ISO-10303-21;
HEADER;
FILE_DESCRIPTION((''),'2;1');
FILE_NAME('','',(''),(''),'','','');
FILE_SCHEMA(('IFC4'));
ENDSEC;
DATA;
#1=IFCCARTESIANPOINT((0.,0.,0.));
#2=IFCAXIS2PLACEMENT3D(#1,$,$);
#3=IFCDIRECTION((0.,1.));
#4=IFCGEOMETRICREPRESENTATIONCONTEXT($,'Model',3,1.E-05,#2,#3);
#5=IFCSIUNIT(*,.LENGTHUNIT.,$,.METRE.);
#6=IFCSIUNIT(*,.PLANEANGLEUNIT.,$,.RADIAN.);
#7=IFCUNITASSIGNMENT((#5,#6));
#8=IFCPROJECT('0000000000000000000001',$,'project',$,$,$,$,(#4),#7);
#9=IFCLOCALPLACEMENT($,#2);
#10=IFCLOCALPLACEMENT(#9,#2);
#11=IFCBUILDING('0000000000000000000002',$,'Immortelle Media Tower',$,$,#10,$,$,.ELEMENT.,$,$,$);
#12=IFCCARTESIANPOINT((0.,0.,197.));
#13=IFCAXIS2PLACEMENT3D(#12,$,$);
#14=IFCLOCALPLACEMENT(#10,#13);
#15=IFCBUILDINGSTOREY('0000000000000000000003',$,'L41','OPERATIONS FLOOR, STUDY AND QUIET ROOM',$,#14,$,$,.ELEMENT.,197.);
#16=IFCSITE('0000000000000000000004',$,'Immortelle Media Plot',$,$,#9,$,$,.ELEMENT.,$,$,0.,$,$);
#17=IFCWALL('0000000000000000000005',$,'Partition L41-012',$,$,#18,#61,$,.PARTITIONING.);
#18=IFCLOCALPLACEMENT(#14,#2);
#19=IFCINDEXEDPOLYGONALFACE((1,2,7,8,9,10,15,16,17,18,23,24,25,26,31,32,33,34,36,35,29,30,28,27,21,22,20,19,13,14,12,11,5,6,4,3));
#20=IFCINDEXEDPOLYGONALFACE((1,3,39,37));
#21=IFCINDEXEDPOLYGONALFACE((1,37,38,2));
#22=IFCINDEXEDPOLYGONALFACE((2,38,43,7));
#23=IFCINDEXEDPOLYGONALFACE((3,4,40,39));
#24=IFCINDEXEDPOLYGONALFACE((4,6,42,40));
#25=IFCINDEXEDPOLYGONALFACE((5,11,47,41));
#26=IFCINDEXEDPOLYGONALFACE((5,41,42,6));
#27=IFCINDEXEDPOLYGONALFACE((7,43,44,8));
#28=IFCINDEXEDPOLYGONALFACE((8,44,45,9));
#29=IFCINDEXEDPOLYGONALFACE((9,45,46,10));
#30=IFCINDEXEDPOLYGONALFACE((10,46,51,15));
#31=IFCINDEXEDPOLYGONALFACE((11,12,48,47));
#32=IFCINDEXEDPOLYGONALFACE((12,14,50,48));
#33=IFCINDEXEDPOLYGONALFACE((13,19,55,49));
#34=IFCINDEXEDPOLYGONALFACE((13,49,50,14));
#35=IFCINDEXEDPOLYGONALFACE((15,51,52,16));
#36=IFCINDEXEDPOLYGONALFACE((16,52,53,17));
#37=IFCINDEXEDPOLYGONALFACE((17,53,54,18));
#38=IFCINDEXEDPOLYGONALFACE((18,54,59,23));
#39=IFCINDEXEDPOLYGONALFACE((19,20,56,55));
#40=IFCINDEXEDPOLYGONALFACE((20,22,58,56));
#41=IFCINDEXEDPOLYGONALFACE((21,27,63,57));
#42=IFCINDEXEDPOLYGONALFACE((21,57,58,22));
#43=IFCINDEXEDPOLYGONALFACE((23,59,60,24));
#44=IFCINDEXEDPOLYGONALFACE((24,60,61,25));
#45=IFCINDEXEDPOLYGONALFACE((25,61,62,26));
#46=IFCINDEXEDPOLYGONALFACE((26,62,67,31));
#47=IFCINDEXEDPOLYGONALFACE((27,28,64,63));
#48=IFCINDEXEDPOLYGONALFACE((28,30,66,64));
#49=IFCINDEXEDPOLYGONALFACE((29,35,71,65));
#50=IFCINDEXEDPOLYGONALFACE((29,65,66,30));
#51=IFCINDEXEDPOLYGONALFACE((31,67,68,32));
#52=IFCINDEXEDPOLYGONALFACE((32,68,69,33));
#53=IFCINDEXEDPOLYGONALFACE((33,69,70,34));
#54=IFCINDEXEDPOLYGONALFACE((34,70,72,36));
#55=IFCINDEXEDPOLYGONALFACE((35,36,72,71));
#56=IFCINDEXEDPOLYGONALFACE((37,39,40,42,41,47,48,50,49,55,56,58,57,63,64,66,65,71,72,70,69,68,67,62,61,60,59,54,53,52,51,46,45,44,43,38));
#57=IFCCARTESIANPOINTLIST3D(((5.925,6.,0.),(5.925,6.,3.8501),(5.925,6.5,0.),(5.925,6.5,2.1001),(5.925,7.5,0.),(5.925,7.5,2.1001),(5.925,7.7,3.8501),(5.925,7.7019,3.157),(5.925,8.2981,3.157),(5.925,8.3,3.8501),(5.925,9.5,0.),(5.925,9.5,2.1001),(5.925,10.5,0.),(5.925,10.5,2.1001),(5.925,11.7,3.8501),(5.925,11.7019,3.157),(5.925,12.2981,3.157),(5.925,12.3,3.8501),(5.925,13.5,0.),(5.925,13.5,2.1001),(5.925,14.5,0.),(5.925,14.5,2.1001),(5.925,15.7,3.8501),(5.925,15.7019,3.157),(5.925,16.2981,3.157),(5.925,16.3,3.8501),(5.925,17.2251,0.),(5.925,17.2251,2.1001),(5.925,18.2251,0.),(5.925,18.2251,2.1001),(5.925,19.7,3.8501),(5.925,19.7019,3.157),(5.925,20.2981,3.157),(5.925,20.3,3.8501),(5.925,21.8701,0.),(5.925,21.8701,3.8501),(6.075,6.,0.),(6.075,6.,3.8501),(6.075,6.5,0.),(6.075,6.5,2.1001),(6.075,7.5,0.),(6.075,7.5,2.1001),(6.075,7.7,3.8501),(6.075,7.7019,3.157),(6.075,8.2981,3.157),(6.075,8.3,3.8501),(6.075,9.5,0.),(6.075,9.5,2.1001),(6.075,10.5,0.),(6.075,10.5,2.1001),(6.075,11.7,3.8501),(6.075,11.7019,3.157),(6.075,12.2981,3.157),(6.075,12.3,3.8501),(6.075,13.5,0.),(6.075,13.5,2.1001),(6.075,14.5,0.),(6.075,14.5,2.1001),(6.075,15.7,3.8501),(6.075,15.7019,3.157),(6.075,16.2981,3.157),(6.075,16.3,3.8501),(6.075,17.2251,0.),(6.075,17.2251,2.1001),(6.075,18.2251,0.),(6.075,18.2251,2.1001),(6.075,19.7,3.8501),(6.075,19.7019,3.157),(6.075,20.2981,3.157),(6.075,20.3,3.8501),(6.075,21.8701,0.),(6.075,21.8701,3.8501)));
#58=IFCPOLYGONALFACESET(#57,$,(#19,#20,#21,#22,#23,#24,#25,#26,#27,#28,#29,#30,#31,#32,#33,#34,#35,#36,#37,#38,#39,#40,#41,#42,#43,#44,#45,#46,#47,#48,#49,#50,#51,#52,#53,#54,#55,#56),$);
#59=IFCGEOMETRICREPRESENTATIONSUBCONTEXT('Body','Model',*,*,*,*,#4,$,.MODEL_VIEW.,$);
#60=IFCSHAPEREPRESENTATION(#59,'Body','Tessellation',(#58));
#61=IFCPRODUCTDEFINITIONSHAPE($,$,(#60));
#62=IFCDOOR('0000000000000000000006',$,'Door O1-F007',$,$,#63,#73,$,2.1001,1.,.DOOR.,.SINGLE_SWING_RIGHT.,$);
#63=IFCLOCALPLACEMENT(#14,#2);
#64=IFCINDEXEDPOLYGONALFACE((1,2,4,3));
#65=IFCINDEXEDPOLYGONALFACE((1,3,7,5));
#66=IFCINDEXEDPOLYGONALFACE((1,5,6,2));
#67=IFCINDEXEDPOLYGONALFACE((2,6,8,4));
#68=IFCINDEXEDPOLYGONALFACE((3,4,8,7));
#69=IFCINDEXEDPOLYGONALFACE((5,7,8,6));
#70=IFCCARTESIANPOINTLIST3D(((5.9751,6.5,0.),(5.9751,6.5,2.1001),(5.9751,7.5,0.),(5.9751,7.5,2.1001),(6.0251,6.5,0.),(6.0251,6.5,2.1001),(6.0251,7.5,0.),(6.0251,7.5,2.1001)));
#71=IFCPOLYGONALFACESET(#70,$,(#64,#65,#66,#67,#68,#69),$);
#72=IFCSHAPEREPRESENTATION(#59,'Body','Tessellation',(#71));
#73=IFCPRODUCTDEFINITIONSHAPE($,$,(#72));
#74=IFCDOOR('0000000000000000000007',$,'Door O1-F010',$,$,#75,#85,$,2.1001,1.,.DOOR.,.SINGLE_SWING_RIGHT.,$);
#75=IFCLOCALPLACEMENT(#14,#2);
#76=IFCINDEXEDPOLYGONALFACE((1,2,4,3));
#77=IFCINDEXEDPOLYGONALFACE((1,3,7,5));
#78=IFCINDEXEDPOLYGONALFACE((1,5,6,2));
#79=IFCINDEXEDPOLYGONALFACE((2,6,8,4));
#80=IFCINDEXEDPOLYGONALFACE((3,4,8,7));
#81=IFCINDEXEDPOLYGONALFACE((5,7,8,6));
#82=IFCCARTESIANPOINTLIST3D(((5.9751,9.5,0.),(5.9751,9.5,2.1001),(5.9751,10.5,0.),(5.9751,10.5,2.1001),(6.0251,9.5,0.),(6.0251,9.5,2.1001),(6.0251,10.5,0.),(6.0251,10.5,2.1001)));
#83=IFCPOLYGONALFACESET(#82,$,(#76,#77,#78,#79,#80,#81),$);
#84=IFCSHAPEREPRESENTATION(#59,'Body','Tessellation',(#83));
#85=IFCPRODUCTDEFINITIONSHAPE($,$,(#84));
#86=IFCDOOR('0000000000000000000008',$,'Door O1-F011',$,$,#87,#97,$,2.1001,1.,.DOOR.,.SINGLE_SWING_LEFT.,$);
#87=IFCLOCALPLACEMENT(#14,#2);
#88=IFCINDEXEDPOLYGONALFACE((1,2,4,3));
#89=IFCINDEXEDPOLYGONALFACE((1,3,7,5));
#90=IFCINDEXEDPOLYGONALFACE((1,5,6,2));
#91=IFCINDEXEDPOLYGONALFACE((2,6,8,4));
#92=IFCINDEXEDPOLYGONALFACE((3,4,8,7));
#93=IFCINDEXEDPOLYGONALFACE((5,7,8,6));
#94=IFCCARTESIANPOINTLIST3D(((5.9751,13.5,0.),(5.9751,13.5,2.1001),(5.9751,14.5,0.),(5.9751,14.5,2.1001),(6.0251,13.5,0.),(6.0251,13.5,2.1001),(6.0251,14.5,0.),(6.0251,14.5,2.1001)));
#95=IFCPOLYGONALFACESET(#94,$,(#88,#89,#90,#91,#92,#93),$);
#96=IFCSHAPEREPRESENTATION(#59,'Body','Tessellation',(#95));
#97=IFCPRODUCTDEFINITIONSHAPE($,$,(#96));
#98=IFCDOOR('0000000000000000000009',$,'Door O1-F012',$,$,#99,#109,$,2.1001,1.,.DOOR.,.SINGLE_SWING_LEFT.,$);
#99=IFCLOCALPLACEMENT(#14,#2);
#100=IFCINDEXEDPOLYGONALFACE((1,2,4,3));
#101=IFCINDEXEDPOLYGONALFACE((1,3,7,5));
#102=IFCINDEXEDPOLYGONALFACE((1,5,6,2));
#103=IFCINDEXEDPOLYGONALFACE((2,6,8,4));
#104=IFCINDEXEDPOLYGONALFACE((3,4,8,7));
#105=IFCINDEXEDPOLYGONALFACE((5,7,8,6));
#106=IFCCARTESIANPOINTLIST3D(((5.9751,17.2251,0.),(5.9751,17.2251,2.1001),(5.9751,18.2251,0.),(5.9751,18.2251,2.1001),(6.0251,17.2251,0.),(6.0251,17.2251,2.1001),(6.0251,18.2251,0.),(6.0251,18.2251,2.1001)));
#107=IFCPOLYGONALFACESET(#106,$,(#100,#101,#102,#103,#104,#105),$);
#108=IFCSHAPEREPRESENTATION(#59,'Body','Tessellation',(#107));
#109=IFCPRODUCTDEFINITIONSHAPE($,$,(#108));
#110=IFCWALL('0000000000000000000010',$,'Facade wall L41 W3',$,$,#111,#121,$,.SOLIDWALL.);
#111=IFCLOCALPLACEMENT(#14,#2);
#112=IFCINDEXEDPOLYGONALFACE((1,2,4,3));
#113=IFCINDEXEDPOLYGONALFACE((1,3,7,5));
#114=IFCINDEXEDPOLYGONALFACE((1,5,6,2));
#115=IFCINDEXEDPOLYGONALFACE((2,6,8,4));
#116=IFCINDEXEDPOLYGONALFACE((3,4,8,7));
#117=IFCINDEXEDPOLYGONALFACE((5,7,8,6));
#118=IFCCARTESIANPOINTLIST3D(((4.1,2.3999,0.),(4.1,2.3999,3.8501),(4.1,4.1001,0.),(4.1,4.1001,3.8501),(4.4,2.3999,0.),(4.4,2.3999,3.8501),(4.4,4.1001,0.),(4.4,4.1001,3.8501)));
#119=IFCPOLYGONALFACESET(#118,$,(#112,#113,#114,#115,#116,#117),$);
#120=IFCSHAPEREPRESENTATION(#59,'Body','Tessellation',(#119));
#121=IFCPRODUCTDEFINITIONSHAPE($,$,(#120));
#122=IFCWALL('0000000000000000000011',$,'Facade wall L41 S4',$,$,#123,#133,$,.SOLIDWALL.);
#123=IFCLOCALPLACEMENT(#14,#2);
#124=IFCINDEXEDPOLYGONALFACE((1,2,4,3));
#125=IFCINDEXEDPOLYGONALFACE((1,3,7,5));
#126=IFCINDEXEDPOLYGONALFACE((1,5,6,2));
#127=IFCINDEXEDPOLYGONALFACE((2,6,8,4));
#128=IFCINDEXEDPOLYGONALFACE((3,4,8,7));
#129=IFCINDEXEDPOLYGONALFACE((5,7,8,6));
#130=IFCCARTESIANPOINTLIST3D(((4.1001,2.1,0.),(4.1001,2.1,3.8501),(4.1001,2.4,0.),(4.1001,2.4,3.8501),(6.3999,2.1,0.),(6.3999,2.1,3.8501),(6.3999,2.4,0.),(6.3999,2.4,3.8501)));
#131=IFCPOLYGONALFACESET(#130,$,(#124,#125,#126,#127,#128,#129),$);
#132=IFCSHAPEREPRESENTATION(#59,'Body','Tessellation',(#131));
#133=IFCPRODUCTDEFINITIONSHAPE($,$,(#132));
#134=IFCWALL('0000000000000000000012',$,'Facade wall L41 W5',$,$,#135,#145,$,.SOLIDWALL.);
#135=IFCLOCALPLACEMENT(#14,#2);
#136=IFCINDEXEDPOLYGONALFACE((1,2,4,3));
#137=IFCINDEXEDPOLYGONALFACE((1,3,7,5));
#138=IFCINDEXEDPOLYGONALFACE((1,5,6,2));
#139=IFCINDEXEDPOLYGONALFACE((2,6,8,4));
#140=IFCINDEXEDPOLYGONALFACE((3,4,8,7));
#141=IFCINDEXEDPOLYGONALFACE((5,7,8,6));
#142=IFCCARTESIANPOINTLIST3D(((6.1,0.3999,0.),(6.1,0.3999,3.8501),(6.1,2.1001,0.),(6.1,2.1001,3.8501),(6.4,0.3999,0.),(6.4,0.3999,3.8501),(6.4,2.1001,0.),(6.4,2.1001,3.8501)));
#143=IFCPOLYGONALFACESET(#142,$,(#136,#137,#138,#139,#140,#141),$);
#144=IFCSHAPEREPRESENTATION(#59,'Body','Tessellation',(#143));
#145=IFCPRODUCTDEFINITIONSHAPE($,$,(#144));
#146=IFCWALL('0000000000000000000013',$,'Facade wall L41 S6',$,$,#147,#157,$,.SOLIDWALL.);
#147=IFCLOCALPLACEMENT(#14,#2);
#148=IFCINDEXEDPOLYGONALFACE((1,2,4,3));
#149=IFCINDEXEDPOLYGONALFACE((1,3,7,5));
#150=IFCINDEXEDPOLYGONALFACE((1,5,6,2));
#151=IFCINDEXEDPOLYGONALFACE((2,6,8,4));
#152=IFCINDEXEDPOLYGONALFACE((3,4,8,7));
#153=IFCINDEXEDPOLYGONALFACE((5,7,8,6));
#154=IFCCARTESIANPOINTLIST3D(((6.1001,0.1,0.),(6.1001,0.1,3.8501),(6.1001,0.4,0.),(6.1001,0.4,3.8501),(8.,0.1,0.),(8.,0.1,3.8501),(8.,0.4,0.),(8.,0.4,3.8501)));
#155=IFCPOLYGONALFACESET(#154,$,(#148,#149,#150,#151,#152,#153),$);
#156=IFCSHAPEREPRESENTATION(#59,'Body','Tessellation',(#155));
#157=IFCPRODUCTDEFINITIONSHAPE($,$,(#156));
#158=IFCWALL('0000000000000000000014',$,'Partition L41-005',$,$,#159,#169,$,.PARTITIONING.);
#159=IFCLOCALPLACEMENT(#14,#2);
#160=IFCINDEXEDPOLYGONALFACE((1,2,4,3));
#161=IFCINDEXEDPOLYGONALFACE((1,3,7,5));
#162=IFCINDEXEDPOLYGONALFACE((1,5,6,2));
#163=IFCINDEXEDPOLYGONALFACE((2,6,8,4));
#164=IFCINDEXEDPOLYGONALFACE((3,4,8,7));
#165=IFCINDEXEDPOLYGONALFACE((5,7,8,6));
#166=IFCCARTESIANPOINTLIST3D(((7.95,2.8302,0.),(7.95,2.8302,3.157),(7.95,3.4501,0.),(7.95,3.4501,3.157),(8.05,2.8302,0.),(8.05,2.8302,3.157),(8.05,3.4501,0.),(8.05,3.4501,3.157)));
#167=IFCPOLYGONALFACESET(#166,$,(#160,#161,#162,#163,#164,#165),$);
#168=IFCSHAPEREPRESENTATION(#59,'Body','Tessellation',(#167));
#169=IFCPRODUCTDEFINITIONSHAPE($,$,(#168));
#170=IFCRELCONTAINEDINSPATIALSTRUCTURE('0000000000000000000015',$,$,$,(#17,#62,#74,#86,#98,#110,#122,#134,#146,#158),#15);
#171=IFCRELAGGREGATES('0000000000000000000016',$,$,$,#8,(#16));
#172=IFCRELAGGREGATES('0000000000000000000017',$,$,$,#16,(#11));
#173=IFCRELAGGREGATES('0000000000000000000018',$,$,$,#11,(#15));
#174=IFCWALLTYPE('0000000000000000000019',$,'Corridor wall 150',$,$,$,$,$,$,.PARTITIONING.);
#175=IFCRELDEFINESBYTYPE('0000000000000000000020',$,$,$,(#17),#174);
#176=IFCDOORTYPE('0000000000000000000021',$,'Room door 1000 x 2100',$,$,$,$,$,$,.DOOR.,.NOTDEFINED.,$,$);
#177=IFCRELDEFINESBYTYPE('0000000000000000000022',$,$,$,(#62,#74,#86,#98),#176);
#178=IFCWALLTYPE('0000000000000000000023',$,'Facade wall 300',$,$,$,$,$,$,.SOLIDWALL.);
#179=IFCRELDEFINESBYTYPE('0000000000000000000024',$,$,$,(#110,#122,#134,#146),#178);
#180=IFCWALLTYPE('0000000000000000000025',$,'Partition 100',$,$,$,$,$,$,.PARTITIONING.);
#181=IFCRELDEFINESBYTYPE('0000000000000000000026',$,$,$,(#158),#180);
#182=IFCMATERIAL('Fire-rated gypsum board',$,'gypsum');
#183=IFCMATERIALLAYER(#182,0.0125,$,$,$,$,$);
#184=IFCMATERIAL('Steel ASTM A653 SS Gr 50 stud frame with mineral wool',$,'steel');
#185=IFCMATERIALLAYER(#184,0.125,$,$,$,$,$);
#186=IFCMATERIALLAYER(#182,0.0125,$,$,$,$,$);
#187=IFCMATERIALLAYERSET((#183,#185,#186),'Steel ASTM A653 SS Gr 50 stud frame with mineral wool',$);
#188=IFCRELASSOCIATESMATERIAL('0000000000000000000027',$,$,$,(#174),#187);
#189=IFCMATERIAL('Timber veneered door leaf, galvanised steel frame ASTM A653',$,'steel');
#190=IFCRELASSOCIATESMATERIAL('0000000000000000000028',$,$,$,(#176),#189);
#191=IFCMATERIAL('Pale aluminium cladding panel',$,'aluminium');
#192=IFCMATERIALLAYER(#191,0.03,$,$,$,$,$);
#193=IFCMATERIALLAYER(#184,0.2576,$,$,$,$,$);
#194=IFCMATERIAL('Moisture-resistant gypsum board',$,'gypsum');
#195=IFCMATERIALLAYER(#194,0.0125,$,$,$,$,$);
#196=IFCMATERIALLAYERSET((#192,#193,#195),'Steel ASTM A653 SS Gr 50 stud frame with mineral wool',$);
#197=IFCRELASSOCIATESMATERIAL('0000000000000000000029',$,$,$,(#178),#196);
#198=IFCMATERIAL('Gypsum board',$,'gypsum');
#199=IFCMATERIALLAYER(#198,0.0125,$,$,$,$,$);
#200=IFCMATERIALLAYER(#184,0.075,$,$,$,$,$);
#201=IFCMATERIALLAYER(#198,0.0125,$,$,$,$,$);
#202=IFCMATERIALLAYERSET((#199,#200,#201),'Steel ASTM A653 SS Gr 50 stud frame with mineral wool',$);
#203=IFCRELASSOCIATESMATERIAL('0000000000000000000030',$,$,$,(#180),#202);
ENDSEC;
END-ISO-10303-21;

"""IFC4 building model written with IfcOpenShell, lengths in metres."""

from ifc_helpers import new_model, si_unit, direction, frame, frame_2d, origin, place, context, subcontext, project, spatial, polyline, rectangle, outline, extrude, material, layer, layer_set, type_object, element, fill, save


model = new_model("IFC4")

# Units and contexts
model_context = context("Model", 3, precision=1e-05, world=origin(), true_north=direction((0.0, 1.0)))
body_context = subcontext(model_context, "Body", "Model", "MODEL_VIEW")
ifc_project = project(units=[si_unit("LENGTHUNIT", "METRE"), si_unit("PLANEANGLEUNIT", "RADIAN")], contexts=[model_context])

# Site, building, storey
site_placement = place(None, origin())
site = spatial("IfcSite", under=ifc_project, at=site_placement, Name="Immortelle Media Plot", CompositionType="ELEMENT", RefElevation=0.0)
building_placement = place(site_placement, origin())
building = spatial("IfcBuilding", under=site, at=building_placement, Name="Immortelle Media Tower", CompositionType="ELEMENT")
storey_placement = place(building_placement, frame((0.0, 0.0, 197.0)))
storey = spatial("IfcBuildingStorey", under=building, at=storey_placement, Name="L41", Description="OPERATIONS FLOOR, STUDY AND QUIET ROOM", CompositionType="ELEMENT", Elevation=197.0)

# Wall, openings, doors
ifc_material_1 = material(Name="Fire-rated gypsum board", Category="gypsum")
ifc_layer_1 = layer(ifc_material_1, 0.0125)
ifc_material_2 = material(Name="Steel ASTM A653 SS Gr 50 stud frame with mineral wool", Category="steel")
ifc_layer_2 = layer(ifc_material_2, 0.125)
ifc_layer_3 = layer(ifc_material_1, 0.0125)
ifc_layer_set_1 = layer_set([ifc_layer_1, ifc_layer_2, ifc_layer_3], Name="Steel ASTM A653 SS Gr 50 stud frame with mineral wool")
wall_type_1 = type_object("IfcWallType", Name="Corridor wall 150", PredefinedType="PARTITIONING", material=ifc_layer_set_1)
ifc_material_3 = material(Name="Timber veneered door leaf, galvanised steel frame ASTM A653", Category="steel")
door_type = type_object("IfcDoorType", Name="Room door 1000 x 2100", OperationType="NOTDEFINED", PredefinedType="DOOR", material=ifc_material_3)
wall_1_placement = place(storey_placement, frame((6.0, 6.0, 0.0), z_axis=(0.0, 0.0, 1.0), x_axis=(0.0, 1.0, 0.0)))
wall_1 = element("IfcWall", 1, at=wall_1_placement, inside=storey, type_object=wall_type_1, Name="Partition L41-012", PredefinedType="PARTITIONING", context=body_context, shape_type="SweptSolid", body=[
    extrude(outline(polyline([(0.0, 0.0), (15.8701, 0.0), (15.8701, 3.8501), (14.3, 3.8501), (14.2981, 3.157), (13.7019, 3.157), (13.7, 3.8501), (10.3, 3.8501), (10.2981, 3.157), (9.7019, 3.157), (9.7, 3.8501), (6.3, 3.8501), (6.2981, 3.157), (5.7019, 3.157), (5.7, 3.8501), (2.3, 3.8501), (2.2981, 3.157), (1.7019, 3.157), (1.7, 3.8501), (0.0, 3.8501), (0.0, 0.0)])), frame((0.0, 0.075, 0.0), z_axis=(0.0, -1.0, 0.0), x_axis=(1.0, 0.0, 0.0)), (0.0, 0.0, 1.0), 0.1499),
])
opening_1_placement = place(wall_1_placement, frame((0.5, 0.0, 0.0)))
opening_1 = element("IfcOpeningElement", 2, at=opening_1_placement, cuts=wall_1, PredefinedType="OPENING", context=body_context, shape_type="SweptSolid", body=[
    extrude(rectangle(XDim=1.0, YDim=2.1001, at=frame_2d((0.5, 1.05))), frame((0.0, 0.085, 0.0), z_axis=(0.0, -1.0, 0.0), x_axis=(1.0, 0.0, 0.0)), (0.0, 0.0, 1.0), 0.1699),
])
opening_2_placement = place(wall_1_placement, frame((3.5, 0.0, 0.0)))
opening_2 = element("IfcOpeningElement", 3, at=opening_2_placement, cuts=wall_1, PredefinedType="OPENING", context=body_context, shape_type="SweptSolid", body=[
    extrude(rectangle(XDim=1.0, YDim=2.1001, at=frame_2d((0.5, 1.05))), frame((0.0, 0.085, 0.0), z_axis=(0.0, -1.0, 0.0), x_axis=(1.0, 0.0, 0.0)), (0.0, 0.0, 1.0), 0.1699),
])
opening_3_placement = place(wall_1_placement, frame((7.5, 0.0, 0.0)))
opening_3 = element("IfcOpeningElement", 4, at=opening_3_placement, cuts=wall_1, PredefinedType="OPENING", context=body_context, shape_type="SweptSolid", body=[
    extrude(rectangle(XDim=1.0, YDim=2.1001, at=frame_2d((0.5, 1.05))), frame((0.0, 0.085, 0.0), z_axis=(0.0, -1.0, 0.0), x_axis=(1.0, 0.0, 0.0)), (0.0, 0.0, 1.0), 0.1699),
])
opening_4_placement = place(wall_1_placement, frame((11.2251, 0.0, 0.0)))
opening_4 = element("IfcOpeningElement", 5, at=opening_4_placement, cuts=wall_1, PredefinedType="OPENING", context=body_context, shape_type="SweptSolid", body=[
    extrude(rectangle(XDim=1.0, YDim=2.1001, at=frame_2d((0.5, 1.05))), frame((0.0, 0.085, 0.0), z_axis=(0.0, -1.0, 0.0), x_axis=(1.0, 0.0, 0.0)), (0.0, 0.0, 1.0), 0.1699),
])
door_1_placement = place(opening_1_placement, origin())
door_1 = element("IfcDoor", 6, at=door_1_placement, inside=storey, type_object=door_type, Name="Door O1-F007", OperationType="SINGLE_SWING_RIGHT", OverallHeight=2.1001, OverallWidth=1.0, PredefinedType="DOOR", context=body_context, shape_type="SweptSolid", body=[
    extrude(rectangle(XDim=1.0, YDim=2.1001, at=frame_2d((0.5, 1.05))), frame((0.0, 0.0249, 0.0), z_axis=(0.0, -1.0, 0.0), x_axis=(1.0, 0.0, 0.0)), (0.0, 0.0, 1.0), 0.05),
])
fill(opening_1, door_1)
door_2_placement = place(opening_2_placement, origin())
door_2 = element("IfcDoor", 7, at=door_2_placement, inside=storey, type_object=door_type, Name="Door O1-F010", OperationType="SINGLE_SWING_RIGHT", OverallHeight=2.1001, OverallWidth=1.0, PredefinedType="DOOR", context=body_context, shape_type="SweptSolid", body=[
    extrude(rectangle(XDim=1.0, YDim=2.1001, at=frame_2d((0.5, 1.05))), frame((0.0, 0.0249, 0.0), z_axis=(0.0, -1.0, 0.0), x_axis=(1.0, 0.0, 0.0)), (0.0, 0.0, 1.0), 0.05),
])
fill(opening_2, door_2)
door_3_placement = place(opening_3_placement, origin())
door_3 = element("IfcDoor", 8, at=door_3_placement, inside=storey, type_object=door_type, Name="Door O1-F011", OperationType="SINGLE_SWING_LEFT", OverallHeight=2.1001, OverallWidth=1.0, PredefinedType="DOOR", context=body_context, shape_type="SweptSolid", body=[
    extrude(rectangle(XDim=1.0, YDim=2.1001, at=frame_2d((0.5, 1.05))), frame((0.0, 0.0249, 0.0), z_axis=(0.0, -1.0, 0.0), x_axis=(1.0, 0.0, 0.0)), (0.0, 0.0, 1.0), 0.05),
])
fill(opening_3, door_3)
door_4_placement = place(opening_4_placement, origin())
door_4 = element("IfcDoor", 9, at=door_4_placement, inside=storey, type_object=door_type, Name="Door O1-F012", OperationType="SINGLE_SWING_LEFT", OverallHeight=2.1001, OverallWidth=1.0, PredefinedType="DOOR", context=body_context, shape_type="SweptSolid", body=[
    extrude(rectangle(XDim=1.0, YDim=2.1001, at=frame_2d((0.5, 1.05))), frame((0.0, 0.0249, 0.0), z_axis=(0.0, -1.0, 0.0), x_axis=(1.0, 0.0, 0.0)), (0.0, 0.0, 1.0), 0.05),
])
fill(opening_4, door_4)

# Walls
ifc_material_4 = material(Name="Pale aluminium cladding panel", Category="aluminium")
ifc_layer_4 = layer(ifc_material_4, 0.03)
ifc_layer_5 = layer(ifc_material_2, 0.2576)
ifc_material_5 = material(Name="Moisture-resistant gypsum board", Category="gypsum")
ifc_layer_6 = layer(ifc_material_5, 0.0125)
ifc_layer_set_2 = layer_set([ifc_layer_4, ifc_layer_5, ifc_layer_6], Name="Steel ASTM A653 SS Gr 50 stud frame with mineral wool")
wall_type_2 = type_object("IfcWallType", Name="Facade wall 300", PredefinedType="SOLIDWALL", material=ifc_layer_set_2)
wall_2_placement = place(storey_placement, frame((4.25, 4.1001, 0.0), z_axis=(0.0, 0.0, 1.0), x_axis=(0.0, -1.0, 0.0)))
element("IfcWall", 10, at=wall_2_placement, inside=storey, type_object=wall_type_2, Name="Facade wall L41 W3", PredefinedType="SOLIDWALL", context=body_context, shape_type="SweptSolid", body=[
    extrude(rectangle(XDim=1.7002, YDim=0.3, at=frame_2d((0.8501, 0.0))), origin(), (0.0, 0.0, 1.0), 3.8501),
])
wall_3_placement = place(storey_placement, frame((4.1001, 2.25, 0.0), z_axis=(0.0, 0.0, 1.0), x_axis=(1.0, 0.0, 0.0)))
element("IfcWall", 11, at=wall_3_placement, inside=storey, type_object=wall_type_2, Name="Facade wall L41 S4", PredefinedType="SOLIDWALL", context=body_context, shape_type="SweptSolid", body=[
    extrude(rectangle(XDim=2.2998, YDim=0.3, at=frame_2d((1.1499, 0.0))), origin(), (0.0, 0.0, 1.0), 3.8501),
])
wall_4_placement = place(storey_placement, frame((6.25, 2.1001, 0.0), z_axis=(0.0, 0.0, 1.0), x_axis=(0.0, -1.0, 0.0)))
element("IfcWall", 12, at=wall_4_placement, inside=storey, type_object=wall_type_2, Name="Facade wall L41 W5", PredefinedType="SOLIDWALL", context=body_context, shape_type="SweptSolid", body=[
    extrude(rectangle(XDim=1.7002, YDim=0.3, at=frame_2d((0.8501, 0.0))), origin(), (0.0, 0.0, 1.0), 3.8501),
])
wall_5_placement = place(storey_placement, frame((6.1001, 0.25, 0.0), z_axis=(0.0, 0.0, 1.0), x_axis=(1.0, 0.0, 0.0)))
element("IfcWall", 13, at=wall_5_placement, inside=storey, type_object=wall_type_2, Name="Facade wall L41 S6", PredefinedType="SOLIDWALL", context=body_context, shape_type="SweptSolid", body=[
    extrude(rectangle(XDim=1.8999, YDim=0.3, at=frame_2d((0.95, 0.0))), origin(), (0.0, 0.0, 1.0), 3.8501),
])
ifc_material_6 = material(Name="Gypsum board", Category="gypsum")
ifc_layer_7 = layer(ifc_material_6, 0.0125)
ifc_layer_8 = layer(ifc_material_2, 0.075)
ifc_layer_9 = layer(ifc_material_6, 0.0125)
ifc_layer_set_3 = layer_set([ifc_layer_7, ifc_layer_8, ifc_layer_9], Name="Steel ASTM A653 SS Gr 50 stud frame with mineral wool")
wall_type_3 = type_object("IfcWallType", Name="Partition 100", PredefinedType="PARTITIONING", material=ifc_layer_set_3)
wall_6_placement = place(storey_placement, frame((8.0, 2.8301, 0.0), z_axis=(0.0, 0.0, 1.0), x_axis=(0.0, 1.0, 0.0)))
element("IfcWall", 14, at=wall_6_placement, inside=storey, type_object=wall_type_3, Name="Partition L41-005", PredefinedType="PARTITIONING", context=body_context, shape_type="SweptSolid", body=[
    extrude(rectangle(XDim=0.6199, YDim=0.1001, at=frame_2d((0.3101, 0.0))), origin(), (0.0, 0.0, 1.0), 3.157),
])

save(model, "model.ifc")
